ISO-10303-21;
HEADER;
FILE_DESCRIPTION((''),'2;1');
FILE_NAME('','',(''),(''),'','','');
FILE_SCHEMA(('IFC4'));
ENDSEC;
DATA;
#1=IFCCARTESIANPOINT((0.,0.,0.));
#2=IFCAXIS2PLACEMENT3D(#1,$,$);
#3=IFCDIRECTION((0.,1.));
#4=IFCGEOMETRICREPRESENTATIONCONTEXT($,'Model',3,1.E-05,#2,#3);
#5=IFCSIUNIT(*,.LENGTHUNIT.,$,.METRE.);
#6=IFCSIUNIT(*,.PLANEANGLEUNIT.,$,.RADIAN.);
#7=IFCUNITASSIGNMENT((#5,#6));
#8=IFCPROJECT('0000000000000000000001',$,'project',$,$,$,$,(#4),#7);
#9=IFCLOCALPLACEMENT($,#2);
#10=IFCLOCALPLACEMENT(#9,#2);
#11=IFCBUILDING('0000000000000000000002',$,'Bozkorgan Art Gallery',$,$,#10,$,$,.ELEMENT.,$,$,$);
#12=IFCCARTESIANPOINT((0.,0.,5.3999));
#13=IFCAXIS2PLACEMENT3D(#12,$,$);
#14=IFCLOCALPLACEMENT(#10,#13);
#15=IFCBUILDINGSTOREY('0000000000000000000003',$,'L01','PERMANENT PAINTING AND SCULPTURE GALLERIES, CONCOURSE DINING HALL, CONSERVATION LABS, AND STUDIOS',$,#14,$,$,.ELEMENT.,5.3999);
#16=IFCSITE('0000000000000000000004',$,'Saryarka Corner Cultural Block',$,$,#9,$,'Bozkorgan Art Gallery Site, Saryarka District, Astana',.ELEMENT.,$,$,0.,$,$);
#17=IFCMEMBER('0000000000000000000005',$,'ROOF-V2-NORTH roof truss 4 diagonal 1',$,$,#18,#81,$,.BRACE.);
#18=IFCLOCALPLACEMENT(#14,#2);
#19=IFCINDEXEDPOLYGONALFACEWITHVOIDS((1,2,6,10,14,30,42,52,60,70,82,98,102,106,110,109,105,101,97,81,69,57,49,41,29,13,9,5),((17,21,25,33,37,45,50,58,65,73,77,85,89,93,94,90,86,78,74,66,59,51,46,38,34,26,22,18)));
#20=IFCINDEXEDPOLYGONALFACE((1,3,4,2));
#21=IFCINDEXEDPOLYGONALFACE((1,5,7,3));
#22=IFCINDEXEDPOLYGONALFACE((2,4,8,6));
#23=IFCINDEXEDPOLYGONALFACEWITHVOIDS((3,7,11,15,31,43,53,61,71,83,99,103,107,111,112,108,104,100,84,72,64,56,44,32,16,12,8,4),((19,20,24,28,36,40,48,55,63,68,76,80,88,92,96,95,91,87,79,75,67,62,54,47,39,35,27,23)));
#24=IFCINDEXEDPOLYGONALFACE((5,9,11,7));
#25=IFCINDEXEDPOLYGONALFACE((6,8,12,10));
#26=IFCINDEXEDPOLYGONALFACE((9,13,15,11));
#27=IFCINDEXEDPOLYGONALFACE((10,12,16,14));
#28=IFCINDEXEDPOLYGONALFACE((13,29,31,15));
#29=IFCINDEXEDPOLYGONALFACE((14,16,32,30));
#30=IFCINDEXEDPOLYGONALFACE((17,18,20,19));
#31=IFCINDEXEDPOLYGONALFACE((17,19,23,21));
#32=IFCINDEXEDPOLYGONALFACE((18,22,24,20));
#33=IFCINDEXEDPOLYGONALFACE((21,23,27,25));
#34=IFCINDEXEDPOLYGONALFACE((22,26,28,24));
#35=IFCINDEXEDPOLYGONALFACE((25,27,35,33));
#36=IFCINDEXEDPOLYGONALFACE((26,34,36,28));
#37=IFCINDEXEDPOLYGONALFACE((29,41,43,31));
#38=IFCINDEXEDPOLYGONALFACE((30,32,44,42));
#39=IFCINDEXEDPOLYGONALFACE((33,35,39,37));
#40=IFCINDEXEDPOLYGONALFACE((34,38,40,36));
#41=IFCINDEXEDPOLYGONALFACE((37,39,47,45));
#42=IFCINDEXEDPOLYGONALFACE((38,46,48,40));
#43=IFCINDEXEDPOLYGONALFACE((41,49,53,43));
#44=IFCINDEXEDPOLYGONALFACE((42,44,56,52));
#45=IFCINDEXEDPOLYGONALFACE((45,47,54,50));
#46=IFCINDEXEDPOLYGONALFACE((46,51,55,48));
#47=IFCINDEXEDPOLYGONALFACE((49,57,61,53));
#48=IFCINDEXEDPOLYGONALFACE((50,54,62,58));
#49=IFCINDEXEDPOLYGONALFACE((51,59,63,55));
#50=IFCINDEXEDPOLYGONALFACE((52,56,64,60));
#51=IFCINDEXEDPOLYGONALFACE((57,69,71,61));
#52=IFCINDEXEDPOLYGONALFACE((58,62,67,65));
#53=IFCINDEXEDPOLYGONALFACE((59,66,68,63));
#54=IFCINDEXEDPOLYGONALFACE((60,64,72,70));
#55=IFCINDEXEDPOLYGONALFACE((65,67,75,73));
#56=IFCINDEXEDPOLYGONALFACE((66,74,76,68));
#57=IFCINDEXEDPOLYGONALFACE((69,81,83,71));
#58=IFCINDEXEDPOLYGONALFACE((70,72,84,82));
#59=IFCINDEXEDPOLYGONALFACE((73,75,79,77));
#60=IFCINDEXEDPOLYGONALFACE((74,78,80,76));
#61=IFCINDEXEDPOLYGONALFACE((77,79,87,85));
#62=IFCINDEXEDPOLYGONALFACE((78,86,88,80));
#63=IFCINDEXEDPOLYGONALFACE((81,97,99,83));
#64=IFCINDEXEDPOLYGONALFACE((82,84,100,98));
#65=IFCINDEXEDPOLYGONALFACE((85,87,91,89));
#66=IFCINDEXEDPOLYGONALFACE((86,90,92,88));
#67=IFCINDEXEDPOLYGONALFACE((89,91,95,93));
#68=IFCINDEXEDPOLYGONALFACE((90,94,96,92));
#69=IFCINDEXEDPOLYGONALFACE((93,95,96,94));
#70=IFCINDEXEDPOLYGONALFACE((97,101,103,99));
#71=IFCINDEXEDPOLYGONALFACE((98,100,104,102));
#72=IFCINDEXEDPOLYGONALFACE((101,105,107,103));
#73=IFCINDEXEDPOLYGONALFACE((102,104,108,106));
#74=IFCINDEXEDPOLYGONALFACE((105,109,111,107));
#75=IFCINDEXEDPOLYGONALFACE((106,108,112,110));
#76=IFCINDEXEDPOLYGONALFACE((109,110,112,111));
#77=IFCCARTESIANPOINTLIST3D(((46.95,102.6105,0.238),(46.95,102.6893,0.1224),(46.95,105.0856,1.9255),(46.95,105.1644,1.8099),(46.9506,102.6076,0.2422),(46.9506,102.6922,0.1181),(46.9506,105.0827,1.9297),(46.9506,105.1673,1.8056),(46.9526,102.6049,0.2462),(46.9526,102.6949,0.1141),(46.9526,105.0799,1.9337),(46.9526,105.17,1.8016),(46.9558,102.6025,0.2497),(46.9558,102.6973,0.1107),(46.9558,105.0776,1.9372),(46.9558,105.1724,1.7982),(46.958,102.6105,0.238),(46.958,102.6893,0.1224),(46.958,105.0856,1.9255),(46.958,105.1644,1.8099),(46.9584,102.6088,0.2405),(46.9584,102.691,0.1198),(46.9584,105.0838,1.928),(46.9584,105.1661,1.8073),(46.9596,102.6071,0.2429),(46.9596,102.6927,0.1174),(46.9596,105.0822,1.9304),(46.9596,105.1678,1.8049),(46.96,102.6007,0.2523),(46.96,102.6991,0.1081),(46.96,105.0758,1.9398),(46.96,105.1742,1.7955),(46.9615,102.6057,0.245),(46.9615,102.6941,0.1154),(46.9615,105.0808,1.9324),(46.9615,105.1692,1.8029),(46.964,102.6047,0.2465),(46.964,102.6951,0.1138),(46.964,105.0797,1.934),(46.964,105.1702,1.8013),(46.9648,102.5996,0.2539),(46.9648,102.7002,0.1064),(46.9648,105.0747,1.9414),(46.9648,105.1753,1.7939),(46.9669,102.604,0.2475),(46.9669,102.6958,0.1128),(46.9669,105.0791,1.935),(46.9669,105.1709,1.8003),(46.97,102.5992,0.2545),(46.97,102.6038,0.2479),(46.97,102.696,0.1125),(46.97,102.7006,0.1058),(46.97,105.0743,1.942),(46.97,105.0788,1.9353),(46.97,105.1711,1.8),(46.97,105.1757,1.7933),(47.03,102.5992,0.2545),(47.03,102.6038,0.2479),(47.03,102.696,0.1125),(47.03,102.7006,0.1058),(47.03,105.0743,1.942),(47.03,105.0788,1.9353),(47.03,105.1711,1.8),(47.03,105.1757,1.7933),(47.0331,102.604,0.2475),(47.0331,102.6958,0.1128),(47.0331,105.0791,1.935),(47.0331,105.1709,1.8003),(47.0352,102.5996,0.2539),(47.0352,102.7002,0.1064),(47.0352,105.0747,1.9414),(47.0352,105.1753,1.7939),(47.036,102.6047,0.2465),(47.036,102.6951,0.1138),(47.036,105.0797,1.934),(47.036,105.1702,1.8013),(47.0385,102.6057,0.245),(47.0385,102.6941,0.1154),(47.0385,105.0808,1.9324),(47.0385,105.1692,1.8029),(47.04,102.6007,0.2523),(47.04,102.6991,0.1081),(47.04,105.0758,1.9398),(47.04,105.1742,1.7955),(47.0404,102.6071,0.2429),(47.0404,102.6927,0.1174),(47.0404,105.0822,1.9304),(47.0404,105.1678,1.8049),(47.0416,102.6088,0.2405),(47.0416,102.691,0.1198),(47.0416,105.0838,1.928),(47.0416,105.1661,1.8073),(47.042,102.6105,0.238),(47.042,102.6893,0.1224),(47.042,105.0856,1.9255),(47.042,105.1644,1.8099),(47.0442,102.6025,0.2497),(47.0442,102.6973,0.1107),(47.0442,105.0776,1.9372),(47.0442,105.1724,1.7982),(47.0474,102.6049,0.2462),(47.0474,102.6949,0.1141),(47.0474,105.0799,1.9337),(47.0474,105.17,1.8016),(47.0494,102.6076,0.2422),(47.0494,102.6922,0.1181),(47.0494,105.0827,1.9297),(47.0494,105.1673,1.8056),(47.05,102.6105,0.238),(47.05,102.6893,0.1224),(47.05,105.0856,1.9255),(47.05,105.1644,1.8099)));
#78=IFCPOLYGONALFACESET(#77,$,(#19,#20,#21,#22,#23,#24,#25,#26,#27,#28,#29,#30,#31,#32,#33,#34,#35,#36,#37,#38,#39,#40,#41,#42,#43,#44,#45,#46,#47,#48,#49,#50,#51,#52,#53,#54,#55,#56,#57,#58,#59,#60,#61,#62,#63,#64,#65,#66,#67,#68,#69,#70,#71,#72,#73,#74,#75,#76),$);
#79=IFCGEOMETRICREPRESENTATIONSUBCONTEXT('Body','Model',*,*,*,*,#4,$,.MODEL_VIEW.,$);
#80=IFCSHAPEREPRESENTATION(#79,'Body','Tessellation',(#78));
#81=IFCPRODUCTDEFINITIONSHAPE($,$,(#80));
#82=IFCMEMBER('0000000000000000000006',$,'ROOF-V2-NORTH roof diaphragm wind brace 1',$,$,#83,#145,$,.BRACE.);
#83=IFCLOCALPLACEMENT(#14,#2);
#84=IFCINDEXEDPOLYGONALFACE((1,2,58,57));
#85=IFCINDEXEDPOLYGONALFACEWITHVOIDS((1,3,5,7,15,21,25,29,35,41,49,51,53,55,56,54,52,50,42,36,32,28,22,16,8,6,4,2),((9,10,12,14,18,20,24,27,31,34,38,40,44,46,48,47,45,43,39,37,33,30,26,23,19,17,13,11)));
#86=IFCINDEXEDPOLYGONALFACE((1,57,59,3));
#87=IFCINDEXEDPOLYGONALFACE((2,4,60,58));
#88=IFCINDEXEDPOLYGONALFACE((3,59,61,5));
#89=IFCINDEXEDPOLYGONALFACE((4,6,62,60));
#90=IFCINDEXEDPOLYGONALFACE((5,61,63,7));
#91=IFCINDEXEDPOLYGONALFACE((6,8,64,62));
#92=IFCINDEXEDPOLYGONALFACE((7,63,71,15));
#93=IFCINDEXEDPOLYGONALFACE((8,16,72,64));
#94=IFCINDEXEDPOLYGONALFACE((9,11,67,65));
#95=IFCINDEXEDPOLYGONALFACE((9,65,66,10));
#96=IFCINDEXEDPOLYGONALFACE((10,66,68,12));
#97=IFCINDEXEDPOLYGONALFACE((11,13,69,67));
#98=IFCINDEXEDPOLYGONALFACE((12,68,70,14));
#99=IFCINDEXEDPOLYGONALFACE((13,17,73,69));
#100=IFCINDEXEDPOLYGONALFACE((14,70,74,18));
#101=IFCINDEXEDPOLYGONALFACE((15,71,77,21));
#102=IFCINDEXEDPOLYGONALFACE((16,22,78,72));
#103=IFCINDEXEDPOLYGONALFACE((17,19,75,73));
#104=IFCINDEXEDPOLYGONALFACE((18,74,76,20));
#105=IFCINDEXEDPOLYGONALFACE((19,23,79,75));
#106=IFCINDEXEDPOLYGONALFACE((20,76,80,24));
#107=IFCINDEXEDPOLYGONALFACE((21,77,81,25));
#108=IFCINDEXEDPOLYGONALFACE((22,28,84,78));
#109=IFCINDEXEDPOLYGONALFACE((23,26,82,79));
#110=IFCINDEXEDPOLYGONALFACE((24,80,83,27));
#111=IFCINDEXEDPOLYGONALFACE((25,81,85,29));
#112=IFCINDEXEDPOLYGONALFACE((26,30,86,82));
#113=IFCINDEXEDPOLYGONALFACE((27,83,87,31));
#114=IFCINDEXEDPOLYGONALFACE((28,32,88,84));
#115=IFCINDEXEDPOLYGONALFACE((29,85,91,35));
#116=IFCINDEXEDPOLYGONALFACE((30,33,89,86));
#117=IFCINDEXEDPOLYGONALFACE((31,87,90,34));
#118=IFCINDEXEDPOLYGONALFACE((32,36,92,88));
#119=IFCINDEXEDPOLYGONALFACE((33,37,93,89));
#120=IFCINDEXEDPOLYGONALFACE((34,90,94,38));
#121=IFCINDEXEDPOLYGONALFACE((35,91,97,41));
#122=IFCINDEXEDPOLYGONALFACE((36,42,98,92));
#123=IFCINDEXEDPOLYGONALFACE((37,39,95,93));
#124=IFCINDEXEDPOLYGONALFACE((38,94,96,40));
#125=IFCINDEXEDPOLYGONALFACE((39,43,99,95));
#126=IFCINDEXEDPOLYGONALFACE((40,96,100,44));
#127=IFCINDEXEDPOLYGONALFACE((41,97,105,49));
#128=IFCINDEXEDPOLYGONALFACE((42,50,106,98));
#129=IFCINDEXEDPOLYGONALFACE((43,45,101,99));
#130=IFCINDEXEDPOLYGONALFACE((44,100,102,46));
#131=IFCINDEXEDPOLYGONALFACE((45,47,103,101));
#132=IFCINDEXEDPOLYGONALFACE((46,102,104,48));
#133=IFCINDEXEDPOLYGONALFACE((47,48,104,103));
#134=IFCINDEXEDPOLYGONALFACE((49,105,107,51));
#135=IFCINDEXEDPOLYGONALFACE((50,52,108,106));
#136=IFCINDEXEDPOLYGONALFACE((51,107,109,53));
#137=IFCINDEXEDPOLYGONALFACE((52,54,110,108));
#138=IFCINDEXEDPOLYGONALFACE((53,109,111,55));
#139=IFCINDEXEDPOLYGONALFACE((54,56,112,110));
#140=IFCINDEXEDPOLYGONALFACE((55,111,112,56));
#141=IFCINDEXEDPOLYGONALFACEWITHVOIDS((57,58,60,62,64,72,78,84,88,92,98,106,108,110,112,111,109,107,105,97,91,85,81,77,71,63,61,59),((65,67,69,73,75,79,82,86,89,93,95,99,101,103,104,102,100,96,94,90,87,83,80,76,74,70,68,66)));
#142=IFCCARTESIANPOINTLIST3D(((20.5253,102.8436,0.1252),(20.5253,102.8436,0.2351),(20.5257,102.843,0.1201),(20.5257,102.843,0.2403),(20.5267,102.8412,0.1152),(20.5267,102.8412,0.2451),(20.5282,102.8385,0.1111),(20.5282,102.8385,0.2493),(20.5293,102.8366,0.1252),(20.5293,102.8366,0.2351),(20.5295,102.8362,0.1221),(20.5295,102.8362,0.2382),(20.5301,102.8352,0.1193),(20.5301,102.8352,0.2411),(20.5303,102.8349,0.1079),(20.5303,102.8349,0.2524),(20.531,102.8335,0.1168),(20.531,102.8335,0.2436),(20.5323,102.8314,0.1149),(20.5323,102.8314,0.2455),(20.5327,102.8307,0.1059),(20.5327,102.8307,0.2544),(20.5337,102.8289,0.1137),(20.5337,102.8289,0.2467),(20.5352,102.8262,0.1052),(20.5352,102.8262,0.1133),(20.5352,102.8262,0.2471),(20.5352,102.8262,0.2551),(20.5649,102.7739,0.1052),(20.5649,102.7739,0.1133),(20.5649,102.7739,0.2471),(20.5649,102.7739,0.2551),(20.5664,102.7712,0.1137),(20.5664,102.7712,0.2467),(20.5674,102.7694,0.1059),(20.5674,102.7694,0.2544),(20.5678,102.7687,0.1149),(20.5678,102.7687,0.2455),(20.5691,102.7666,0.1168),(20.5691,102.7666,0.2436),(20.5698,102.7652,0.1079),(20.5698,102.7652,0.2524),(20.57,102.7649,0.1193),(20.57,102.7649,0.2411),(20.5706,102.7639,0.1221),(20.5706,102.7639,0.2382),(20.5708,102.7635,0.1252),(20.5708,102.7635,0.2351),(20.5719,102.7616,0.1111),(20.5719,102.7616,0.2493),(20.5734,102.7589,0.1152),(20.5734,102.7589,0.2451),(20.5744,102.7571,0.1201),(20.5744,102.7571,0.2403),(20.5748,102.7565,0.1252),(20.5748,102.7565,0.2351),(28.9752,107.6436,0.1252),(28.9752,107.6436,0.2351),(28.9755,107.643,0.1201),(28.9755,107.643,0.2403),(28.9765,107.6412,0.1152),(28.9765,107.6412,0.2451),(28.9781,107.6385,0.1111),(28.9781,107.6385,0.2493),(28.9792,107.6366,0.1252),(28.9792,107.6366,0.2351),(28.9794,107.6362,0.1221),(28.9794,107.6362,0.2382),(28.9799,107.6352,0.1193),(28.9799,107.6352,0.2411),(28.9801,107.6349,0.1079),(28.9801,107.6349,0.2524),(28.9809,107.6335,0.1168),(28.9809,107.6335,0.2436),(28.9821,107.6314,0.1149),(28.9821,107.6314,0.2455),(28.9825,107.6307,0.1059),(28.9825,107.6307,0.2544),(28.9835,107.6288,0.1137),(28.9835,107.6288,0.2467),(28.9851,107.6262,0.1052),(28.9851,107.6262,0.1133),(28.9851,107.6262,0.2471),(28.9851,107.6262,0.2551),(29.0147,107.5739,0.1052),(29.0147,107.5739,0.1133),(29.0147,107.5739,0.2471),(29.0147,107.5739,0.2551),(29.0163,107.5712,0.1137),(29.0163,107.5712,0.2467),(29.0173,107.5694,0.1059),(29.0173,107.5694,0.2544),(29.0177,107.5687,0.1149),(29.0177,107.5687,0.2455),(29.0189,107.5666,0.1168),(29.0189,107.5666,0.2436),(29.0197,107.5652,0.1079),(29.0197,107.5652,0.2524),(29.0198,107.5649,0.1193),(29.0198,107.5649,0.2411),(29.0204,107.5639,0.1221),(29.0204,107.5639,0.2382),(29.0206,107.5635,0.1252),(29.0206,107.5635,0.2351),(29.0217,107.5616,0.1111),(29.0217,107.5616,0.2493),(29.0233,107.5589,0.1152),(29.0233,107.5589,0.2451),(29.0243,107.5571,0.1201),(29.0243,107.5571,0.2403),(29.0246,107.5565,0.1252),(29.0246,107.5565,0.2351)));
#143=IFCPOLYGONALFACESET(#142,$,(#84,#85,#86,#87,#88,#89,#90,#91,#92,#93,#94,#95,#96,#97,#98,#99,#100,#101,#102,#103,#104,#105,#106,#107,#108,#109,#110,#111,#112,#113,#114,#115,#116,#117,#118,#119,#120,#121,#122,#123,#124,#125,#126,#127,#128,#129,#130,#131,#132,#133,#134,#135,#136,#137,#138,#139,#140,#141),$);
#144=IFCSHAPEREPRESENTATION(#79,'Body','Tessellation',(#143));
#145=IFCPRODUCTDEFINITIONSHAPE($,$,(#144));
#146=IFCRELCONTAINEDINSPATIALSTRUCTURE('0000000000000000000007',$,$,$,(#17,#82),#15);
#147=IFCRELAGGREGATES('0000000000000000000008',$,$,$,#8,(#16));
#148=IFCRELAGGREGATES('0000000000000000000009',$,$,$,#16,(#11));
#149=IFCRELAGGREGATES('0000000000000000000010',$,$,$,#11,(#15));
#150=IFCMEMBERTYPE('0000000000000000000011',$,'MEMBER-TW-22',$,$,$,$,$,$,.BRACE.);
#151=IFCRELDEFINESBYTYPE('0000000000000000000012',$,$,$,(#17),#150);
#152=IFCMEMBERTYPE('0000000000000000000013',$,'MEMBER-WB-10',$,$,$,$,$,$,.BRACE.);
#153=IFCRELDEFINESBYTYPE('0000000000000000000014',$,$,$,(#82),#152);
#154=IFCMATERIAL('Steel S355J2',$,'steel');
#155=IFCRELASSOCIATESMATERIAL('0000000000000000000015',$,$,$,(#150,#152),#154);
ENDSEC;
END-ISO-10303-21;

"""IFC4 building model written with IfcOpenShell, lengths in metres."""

from ifc_helpers import new_model, si_unit, direction, frame, origin, origin_2d, place, context, subcontext, project, spatial, hollow_rectangle, extrude, material, material_profile, profile_set, type_object, element, save


model = new_model("IFC4")

# Units and contexts
model_context = context("Model", 3, precision=1e-05, world=origin(), true_north=direction((0.0, 1.0)))
body_context = subcontext(model_context, "Body", "Model", "MODEL_VIEW")
ifc_project = project(units=[si_unit("LENGTHUNIT", "METRE"), si_unit("PLANEANGLEUNIT", "RADIAN")], contexts=[model_context])

# Site, building, storey
site_placement = place(None, origin())
site = spatial("IfcSite", under=ifc_project, at=site_placement, Name="Saryarka Corner Cultural Block", LongName="Bozkorgan Art Gallery Site, Saryarka District, Astana", CompositionType="ELEMENT", RefElevation=0.0)
building_placement = place(site_placement, origin())
building = spatial("IfcBuilding", under=site, at=building_placement, Name="Bozkorgan Art Gallery", CompositionType="ELEMENT")
storey_placement = place(building_placement, frame((0.0, 0.0, 5.3999)))
storey = spatial("IfcBuildingStorey", under=building, at=storey_placement, Name="L01", Description="PERMANENT PAINTING AND SCULPTURE GALLERIES, CONCOURSE DINING HALL, CONSERVATION LABS, AND STUDIOS", CompositionType="ELEMENT", Elevation=5.3999)

# Shared definitions
ifc_material_1 = material(Name="Steel S355J2", Category="steel")

# Members
ifc_material_profile_1 = material_profile(ifc_material_1, hollow_rectangle(XDim=0.1001, YDim=0.1799, WallThickness=0.0081, InnerFilletRadius=0.012, OuterFilletRadius=0.02, at=origin_2d()), Name="RHS 180x100x8")
ifc_profile_set_1 = profile_set([ifc_material_profile_1], Name="Steel S355J2")
member_type_1 = type_object("IfcMemberType", Name="MEMBER-TW-22", PredefinedType="BRACE", material=ifc_profile_set_1)
member_1_placement = place(storey_placement, frame((47.0, 102.6499, 0.1802), z_axis=(0.0, 0.826238, 0.563322), x_axis=(-1.0, 0.0, 0.0)))
element("IfcMember", 1, at=member_1_placement, inside=storey, type_object=member_type_1, Name="ROOF-V2-NORTH roof truss 4 diagonal 1", PredefinedType="BRACE", context=body_context, shape_type="SweptSolid", body=[
    extrude(hollow_rectangle(XDim=0.1001, YDim=0.1799, WallThickness=0.0081, InnerFilletRadius=0.012, OuterFilletRadius=0.02, at=origin_2d()), origin(), (0.0, 0.0, 1.0), 2.9956),
])
ifc_material_profile_2 = material_profile(ifc_material_1, hollow_rectangle(XDim=0.1001, YDim=0.1499, WallThickness=0.0081, InnerFilletRadius=0.012, OuterFilletRadius=0.02, at=origin_2d()), Name="RHS 150x100x8")
ifc_profile_set_2 = profile_set([ifc_material_profile_2], Name="Steel S355J2")
member_type_2 = type_object("IfcMemberType", Name="MEMBER-WB-10", PredefinedType="BRACE", material=ifc_profile_set_2)
member_2_placement = place(storey_placement, frame((20.55, 102.8, 0.1802), z_axis=(0.869503, 0.493927, 0.0), x_axis=(-0.493927, 0.869503, 0.0)))
element("IfcMember", 2, at=member_2_placement, inside=storey, type_object=member_type_2, Name="ROOF-V2-NORTH roof diaphragm wind brace 1", PredefinedType="BRACE", context=body_context, shape_type="SweptSolid", body=[
    extrude(hollow_rectangle(XDim=0.1001, YDim=0.1499, WallThickness=0.0081, InnerFilletRadius=0.012, OuterFilletRadius=0.02, at=origin_2d()), origin(), (0.0, 0.0, 1.0), 9.718),
])

save(model, "model.ifc")
